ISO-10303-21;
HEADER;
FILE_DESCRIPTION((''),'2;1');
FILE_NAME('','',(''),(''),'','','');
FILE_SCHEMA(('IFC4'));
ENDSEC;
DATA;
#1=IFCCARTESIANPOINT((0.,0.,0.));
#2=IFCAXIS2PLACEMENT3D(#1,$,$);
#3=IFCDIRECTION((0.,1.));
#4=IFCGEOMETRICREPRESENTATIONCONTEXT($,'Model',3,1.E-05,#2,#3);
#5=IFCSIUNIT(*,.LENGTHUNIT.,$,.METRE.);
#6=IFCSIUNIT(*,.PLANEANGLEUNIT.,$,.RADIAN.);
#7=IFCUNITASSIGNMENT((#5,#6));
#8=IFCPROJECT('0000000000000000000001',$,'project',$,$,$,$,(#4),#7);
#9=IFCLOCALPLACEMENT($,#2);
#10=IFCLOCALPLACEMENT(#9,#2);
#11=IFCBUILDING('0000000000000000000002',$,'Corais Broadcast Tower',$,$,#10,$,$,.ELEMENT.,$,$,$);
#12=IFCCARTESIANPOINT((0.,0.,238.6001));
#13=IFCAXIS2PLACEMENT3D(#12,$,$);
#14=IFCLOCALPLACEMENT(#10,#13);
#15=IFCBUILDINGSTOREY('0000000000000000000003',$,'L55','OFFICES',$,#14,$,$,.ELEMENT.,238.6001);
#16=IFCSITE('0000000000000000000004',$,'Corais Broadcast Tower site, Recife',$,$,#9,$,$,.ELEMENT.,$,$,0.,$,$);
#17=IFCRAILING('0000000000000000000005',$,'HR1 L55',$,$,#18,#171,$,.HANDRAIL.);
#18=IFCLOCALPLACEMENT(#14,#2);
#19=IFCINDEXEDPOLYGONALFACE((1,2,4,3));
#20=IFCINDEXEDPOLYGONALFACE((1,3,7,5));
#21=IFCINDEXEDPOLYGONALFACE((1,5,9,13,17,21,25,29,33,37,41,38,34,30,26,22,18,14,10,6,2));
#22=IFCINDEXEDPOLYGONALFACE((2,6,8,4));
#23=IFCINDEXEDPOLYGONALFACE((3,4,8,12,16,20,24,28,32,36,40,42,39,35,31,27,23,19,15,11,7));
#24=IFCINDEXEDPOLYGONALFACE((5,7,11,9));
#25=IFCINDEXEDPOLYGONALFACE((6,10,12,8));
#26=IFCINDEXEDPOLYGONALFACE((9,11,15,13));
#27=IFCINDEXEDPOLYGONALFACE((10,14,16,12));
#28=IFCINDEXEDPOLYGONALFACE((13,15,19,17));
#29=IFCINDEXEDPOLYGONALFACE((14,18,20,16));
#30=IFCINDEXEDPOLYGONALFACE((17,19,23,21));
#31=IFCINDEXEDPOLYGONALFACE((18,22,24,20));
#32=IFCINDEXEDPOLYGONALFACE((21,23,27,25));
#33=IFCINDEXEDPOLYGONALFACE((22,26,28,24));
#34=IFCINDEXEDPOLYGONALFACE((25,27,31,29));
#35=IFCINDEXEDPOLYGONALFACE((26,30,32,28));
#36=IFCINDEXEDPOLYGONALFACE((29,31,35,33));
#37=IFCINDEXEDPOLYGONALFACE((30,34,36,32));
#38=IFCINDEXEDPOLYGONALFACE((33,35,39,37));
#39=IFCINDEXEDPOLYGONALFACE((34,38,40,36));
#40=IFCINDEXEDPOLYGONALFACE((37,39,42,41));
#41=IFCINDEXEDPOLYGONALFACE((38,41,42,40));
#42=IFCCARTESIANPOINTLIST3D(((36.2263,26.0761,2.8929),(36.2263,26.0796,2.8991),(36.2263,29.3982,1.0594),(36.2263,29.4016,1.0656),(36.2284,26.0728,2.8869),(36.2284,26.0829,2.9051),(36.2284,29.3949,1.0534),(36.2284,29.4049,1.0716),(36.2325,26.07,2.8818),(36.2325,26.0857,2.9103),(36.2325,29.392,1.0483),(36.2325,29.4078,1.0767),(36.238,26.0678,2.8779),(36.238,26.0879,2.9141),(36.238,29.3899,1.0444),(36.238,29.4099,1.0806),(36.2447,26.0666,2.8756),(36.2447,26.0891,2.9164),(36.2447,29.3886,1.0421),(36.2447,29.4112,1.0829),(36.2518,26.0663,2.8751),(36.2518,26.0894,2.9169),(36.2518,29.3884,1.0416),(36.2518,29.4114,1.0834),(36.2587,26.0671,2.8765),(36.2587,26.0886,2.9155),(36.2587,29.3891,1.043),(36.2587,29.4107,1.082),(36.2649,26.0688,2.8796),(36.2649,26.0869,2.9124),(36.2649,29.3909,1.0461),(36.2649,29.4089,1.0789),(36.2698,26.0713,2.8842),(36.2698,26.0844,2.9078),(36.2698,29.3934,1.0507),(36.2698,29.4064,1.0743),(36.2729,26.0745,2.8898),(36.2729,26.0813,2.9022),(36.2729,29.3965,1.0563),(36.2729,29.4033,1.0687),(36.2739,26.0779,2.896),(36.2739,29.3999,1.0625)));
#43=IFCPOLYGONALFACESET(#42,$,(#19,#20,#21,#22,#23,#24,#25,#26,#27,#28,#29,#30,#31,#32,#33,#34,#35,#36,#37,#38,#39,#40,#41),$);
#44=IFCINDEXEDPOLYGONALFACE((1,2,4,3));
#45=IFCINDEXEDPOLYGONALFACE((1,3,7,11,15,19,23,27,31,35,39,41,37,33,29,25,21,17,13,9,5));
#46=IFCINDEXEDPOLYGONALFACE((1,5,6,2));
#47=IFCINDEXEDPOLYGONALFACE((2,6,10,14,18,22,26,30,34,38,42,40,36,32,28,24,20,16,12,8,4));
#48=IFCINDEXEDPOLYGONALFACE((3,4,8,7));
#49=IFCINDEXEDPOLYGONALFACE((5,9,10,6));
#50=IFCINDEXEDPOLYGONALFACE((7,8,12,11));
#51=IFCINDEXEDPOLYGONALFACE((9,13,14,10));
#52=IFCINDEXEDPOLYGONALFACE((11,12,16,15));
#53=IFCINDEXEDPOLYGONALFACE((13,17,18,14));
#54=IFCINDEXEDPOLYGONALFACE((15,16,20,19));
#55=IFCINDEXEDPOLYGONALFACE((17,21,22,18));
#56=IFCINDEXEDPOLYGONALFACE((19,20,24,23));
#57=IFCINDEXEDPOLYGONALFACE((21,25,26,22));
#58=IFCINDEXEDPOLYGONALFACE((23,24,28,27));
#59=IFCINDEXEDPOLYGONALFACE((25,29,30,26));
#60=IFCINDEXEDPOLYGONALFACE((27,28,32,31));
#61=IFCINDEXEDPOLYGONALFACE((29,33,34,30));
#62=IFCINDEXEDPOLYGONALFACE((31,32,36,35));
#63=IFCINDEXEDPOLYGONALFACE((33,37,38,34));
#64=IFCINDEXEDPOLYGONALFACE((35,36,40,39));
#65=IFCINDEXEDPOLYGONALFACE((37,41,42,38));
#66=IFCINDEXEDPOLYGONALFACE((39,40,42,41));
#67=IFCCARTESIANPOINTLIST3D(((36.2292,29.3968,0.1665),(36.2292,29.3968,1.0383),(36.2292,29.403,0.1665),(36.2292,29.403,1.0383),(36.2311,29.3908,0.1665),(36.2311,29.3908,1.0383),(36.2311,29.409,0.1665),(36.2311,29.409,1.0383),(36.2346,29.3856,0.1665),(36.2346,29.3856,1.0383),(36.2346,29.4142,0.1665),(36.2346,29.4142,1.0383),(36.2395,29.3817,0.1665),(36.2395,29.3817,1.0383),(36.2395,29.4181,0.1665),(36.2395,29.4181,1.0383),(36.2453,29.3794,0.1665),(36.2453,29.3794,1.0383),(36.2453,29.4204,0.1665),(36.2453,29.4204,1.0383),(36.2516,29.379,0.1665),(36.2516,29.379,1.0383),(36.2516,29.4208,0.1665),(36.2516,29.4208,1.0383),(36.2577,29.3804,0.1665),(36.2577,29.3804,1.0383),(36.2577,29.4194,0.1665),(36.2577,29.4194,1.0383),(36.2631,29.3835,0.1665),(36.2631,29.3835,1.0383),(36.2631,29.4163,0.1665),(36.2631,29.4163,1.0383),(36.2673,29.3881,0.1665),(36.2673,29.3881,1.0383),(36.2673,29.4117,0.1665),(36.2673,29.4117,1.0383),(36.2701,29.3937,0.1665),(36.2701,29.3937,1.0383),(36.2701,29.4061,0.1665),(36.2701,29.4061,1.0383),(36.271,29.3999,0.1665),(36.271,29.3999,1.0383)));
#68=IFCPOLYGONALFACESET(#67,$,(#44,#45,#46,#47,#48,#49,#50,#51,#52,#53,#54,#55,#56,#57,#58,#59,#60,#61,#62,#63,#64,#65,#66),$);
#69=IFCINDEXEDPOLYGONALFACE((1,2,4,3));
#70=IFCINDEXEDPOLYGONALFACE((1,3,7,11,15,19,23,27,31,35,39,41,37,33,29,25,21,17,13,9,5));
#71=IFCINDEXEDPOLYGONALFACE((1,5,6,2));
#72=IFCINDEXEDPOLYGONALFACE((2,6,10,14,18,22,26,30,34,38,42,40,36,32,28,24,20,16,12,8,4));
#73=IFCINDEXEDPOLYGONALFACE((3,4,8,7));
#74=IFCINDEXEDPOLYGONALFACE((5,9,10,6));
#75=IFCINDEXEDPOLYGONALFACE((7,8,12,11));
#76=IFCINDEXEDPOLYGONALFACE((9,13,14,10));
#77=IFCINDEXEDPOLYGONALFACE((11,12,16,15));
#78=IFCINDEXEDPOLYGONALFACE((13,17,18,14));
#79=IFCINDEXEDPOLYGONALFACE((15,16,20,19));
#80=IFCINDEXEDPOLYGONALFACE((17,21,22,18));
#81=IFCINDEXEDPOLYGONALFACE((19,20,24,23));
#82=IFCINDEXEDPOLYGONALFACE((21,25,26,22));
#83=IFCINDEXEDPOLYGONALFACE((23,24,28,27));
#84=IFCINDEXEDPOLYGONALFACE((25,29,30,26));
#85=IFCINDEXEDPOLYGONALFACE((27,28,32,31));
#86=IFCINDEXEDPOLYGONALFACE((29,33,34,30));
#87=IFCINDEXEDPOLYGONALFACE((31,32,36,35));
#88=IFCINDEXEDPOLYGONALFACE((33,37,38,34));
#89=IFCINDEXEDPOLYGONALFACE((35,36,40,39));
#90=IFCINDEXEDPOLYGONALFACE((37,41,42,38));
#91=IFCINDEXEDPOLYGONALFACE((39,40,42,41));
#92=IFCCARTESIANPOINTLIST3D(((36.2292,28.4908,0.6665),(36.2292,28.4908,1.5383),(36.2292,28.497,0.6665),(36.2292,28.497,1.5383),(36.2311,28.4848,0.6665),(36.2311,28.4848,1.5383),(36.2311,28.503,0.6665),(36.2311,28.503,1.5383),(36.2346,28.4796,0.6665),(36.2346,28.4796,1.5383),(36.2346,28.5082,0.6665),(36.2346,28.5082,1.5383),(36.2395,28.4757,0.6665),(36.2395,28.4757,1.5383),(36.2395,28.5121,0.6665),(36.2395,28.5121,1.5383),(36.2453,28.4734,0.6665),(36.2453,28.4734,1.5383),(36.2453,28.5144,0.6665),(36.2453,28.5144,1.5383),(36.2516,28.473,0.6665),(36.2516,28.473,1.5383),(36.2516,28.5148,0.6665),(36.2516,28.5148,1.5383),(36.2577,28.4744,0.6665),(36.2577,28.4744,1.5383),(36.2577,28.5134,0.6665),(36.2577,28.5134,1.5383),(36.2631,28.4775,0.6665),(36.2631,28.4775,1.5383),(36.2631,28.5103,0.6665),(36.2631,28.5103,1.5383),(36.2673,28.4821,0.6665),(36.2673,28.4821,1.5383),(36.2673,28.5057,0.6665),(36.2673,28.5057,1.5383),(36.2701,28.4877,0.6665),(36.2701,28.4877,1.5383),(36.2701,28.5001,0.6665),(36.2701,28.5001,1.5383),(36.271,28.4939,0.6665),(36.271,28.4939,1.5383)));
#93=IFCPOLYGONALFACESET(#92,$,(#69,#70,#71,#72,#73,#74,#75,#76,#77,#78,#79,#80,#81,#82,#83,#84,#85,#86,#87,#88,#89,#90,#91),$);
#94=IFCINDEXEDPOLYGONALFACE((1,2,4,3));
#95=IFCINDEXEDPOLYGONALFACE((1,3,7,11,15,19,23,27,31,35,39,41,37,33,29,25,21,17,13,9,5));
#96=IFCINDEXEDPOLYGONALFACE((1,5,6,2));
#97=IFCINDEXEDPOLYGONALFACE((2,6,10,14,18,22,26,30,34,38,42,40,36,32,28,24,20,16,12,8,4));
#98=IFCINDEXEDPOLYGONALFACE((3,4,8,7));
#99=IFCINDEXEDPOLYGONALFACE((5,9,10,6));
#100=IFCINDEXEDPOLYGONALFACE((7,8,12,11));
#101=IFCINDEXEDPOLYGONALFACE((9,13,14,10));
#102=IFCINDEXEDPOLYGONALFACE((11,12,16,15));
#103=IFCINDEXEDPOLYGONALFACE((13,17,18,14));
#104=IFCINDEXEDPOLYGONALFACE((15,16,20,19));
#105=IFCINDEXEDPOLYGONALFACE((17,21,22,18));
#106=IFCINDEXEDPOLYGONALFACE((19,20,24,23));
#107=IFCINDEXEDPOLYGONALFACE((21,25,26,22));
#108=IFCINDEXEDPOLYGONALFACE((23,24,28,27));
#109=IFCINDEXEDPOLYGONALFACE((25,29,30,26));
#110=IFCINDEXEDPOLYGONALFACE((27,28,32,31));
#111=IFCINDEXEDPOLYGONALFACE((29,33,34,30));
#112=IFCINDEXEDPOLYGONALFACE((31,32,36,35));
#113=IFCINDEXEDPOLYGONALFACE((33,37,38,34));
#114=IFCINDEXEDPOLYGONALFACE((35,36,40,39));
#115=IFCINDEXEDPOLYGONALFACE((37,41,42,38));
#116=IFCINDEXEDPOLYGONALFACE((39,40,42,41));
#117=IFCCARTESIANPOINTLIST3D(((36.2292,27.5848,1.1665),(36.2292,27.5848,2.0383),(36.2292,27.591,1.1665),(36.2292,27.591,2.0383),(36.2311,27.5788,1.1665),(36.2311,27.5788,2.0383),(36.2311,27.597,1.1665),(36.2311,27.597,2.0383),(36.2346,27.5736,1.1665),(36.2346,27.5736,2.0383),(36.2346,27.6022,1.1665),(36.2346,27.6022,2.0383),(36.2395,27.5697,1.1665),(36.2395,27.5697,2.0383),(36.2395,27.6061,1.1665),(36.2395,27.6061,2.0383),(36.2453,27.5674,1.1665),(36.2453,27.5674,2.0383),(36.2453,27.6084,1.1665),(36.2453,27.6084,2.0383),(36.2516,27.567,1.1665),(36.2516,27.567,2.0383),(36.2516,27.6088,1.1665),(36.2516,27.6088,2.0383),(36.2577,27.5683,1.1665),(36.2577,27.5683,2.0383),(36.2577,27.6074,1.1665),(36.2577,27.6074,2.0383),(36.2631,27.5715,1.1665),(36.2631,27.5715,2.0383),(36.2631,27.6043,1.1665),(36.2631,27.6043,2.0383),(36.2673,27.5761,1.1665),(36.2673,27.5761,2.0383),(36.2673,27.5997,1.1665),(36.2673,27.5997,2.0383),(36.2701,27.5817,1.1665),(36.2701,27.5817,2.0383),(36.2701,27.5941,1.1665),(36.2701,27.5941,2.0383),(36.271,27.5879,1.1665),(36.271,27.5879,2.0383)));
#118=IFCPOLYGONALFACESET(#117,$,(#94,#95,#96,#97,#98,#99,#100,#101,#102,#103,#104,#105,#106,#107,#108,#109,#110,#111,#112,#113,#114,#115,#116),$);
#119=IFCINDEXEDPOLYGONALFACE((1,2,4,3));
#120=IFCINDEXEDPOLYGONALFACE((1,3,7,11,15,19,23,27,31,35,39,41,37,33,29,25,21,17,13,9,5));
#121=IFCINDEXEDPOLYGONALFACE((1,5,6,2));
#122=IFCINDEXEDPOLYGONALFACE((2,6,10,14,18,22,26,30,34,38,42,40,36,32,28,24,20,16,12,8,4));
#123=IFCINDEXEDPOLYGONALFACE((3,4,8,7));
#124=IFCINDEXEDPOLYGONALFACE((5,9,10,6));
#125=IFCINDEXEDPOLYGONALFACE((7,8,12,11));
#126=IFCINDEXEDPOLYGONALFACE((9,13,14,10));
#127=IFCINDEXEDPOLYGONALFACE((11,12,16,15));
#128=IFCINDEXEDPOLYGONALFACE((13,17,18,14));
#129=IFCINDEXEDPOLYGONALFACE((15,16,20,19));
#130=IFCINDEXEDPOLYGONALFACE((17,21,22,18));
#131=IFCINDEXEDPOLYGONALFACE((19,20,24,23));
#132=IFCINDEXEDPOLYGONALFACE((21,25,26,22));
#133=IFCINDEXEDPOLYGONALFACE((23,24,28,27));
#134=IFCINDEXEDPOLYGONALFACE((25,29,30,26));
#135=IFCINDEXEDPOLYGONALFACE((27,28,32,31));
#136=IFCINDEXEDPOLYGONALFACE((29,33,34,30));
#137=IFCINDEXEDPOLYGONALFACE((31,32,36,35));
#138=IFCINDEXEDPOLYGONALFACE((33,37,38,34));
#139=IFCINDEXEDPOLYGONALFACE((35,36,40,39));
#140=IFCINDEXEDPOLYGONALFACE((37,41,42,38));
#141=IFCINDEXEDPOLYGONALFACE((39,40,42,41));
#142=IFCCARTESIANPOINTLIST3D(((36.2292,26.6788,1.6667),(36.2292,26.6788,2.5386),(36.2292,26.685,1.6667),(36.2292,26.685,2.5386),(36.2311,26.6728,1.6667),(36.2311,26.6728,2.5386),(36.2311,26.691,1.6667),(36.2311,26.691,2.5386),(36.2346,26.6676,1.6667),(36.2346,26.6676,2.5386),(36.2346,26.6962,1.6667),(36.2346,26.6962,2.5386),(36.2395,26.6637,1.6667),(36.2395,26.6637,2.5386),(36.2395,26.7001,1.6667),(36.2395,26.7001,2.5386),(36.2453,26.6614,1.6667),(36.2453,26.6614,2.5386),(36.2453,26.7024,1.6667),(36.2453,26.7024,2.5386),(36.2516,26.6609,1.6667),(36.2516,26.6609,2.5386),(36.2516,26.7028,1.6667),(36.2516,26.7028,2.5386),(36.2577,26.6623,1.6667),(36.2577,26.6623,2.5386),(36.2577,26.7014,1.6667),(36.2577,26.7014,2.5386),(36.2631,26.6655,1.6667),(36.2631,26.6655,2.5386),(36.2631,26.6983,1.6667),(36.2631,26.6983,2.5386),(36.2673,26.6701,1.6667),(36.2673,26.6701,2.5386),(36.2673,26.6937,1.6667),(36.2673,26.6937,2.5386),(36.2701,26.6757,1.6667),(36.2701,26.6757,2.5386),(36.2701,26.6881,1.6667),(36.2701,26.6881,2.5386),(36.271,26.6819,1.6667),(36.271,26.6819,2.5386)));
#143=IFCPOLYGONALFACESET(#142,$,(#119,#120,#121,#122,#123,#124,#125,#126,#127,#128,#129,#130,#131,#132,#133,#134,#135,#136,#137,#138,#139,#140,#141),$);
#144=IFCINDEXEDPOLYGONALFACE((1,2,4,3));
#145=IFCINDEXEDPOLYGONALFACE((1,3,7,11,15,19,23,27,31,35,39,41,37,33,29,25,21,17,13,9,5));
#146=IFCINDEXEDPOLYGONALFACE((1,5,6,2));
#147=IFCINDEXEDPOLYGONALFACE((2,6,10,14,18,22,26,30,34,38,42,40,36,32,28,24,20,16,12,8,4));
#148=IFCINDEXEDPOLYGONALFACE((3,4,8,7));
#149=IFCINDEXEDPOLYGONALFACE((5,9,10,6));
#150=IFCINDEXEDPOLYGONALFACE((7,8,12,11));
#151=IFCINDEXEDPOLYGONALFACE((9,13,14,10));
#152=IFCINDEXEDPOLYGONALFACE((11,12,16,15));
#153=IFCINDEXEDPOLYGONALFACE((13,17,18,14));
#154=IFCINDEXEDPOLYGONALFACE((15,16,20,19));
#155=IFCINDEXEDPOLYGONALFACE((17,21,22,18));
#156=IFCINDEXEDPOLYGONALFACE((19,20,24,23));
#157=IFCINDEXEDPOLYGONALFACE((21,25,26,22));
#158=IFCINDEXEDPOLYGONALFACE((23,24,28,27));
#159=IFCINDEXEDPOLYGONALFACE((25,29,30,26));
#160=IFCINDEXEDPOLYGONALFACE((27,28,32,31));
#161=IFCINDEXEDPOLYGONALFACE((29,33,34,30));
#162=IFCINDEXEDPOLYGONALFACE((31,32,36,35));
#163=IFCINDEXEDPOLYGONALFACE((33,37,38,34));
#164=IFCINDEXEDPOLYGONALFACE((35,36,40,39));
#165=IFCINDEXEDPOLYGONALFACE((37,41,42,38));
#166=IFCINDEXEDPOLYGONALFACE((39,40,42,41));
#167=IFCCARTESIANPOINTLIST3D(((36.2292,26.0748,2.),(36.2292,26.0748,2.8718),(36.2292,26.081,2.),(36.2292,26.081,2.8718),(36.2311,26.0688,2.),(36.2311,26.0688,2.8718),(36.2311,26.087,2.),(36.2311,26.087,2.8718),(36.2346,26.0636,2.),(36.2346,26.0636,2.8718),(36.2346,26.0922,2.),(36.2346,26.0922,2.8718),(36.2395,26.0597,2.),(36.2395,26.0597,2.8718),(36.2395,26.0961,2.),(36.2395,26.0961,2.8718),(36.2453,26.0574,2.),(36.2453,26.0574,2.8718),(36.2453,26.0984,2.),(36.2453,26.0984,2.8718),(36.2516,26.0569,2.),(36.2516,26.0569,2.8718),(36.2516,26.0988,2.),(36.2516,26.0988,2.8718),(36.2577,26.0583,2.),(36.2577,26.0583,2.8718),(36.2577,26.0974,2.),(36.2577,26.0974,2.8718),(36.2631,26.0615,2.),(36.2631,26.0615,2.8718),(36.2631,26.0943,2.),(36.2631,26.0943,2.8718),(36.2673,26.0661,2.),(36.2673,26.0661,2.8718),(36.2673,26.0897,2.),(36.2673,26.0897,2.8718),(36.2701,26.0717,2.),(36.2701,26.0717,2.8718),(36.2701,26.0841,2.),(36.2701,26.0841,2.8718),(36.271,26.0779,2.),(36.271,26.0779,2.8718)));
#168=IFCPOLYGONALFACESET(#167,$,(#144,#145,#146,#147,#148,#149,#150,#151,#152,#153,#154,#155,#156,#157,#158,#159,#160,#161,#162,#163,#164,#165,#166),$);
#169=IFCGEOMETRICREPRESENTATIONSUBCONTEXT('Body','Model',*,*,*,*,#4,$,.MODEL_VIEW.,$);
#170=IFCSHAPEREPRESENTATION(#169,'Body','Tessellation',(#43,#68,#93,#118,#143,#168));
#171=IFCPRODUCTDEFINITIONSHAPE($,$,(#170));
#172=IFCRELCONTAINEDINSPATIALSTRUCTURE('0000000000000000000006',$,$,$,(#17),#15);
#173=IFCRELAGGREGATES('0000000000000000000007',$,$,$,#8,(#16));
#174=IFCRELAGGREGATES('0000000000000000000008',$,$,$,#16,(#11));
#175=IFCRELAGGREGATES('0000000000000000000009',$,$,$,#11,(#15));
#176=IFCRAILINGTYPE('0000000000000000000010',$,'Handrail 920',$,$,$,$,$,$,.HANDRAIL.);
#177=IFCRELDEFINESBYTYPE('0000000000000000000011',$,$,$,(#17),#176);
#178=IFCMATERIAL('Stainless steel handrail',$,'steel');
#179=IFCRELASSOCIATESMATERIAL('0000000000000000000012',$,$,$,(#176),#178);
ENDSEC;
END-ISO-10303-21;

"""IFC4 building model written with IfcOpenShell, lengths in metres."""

from ifc_helpers import new_model, si_unit, direction, frame, origin, origin_2d, place, context, subcontext, project, spatial, circle, extrude, material, type_object, element, save


model = new_model("IFC4")

# Units and contexts
model_context = context("Model", 3, precision=1e-05, world=origin(), true_north=direction((0.0, 1.0)))
body_context = subcontext(model_context, "Body", "Model", "MODEL_VIEW")
ifc_project = project(units=[si_unit("LENGTHUNIT", "METRE"), si_unit("PLANEANGLEUNIT", "RADIAN")], contexts=[model_context])

# Site, building, storey
site_placement = place(None, origin())
site = spatial("IfcSite", under=ifc_project, at=site_placement, Name="Corais Broadcast Tower site, Recife", CompositionType="ELEMENT", RefElevation=0.0)
building_placement = place(site_placement, origin())
building = spatial("IfcBuilding", under=site, at=building_placement, Name="Corais Broadcast Tower", CompositionType="ELEMENT")
storey_placement = place(building_placement, frame((0.0, 0.0, 238.6001)))
storey = spatial("IfcBuildingStorey", under=building, at=storey_placement, Name="L55", Description="OFFICES", CompositionType="ELEMENT", Elevation=238.6001)

# Railing
ifc_material_1 = material(Name="Stainless steel handrail", Category="steel")
railing_type = type_object("IfcRailingType", Name="Handrail 920", PredefinedType="HANDRAIL", material=ifc_material_1)
for number, where, name in (
    (1, (36.25, 29.3999, 0.1665), "HR1 L55"),
):
    element("IfcRailing", number, at=place(storey_placement, frame(where)), inside=storey, type_object=railing_type, Name=name, PredefinedType="HANDRAIL", context=body_context, shape_type="SweptSolid", body=[
        extrude(circle(Radius=0.0239, at=origin_2d()), frame((0.0, 0.0, 0.896), z_axis=(0.0, -0.875504, 0.48321), x_axis=(1.0, 0.0, 0.0)), (0.0, 0.0, 1.0), 3.7944),
        extrude(circle(Radius=0.021, at=origin_2d()), origin(), (0.0, 0.0, 1.0), 0.8718),
        extrude(circle(Radius=0.021, at=origin_2d()), frame((0.0, -0.906, 0.5)), (0.0, 0.0, 1.0), 0.8718),
        extrude(circle(Radius=0.021, at=origin_2d()), frame((0.0, -1.812, 1.0)), (0.0, 0.0, 1.0), 0.8718),
        extrude(circle(Radius=0.021, at=origin_2d()), frame((0.0, -2.718, 1.5002)), (0.0, 0.0, 1.0), 0.8718),
        extrude(circle(Radius=0.021, at=origin_2d()), frame((0.0, -3.322, 1.8335)), (0.0, 0.0, 1.0), 0.8718),
    ])

save(model, "model.ifc")
